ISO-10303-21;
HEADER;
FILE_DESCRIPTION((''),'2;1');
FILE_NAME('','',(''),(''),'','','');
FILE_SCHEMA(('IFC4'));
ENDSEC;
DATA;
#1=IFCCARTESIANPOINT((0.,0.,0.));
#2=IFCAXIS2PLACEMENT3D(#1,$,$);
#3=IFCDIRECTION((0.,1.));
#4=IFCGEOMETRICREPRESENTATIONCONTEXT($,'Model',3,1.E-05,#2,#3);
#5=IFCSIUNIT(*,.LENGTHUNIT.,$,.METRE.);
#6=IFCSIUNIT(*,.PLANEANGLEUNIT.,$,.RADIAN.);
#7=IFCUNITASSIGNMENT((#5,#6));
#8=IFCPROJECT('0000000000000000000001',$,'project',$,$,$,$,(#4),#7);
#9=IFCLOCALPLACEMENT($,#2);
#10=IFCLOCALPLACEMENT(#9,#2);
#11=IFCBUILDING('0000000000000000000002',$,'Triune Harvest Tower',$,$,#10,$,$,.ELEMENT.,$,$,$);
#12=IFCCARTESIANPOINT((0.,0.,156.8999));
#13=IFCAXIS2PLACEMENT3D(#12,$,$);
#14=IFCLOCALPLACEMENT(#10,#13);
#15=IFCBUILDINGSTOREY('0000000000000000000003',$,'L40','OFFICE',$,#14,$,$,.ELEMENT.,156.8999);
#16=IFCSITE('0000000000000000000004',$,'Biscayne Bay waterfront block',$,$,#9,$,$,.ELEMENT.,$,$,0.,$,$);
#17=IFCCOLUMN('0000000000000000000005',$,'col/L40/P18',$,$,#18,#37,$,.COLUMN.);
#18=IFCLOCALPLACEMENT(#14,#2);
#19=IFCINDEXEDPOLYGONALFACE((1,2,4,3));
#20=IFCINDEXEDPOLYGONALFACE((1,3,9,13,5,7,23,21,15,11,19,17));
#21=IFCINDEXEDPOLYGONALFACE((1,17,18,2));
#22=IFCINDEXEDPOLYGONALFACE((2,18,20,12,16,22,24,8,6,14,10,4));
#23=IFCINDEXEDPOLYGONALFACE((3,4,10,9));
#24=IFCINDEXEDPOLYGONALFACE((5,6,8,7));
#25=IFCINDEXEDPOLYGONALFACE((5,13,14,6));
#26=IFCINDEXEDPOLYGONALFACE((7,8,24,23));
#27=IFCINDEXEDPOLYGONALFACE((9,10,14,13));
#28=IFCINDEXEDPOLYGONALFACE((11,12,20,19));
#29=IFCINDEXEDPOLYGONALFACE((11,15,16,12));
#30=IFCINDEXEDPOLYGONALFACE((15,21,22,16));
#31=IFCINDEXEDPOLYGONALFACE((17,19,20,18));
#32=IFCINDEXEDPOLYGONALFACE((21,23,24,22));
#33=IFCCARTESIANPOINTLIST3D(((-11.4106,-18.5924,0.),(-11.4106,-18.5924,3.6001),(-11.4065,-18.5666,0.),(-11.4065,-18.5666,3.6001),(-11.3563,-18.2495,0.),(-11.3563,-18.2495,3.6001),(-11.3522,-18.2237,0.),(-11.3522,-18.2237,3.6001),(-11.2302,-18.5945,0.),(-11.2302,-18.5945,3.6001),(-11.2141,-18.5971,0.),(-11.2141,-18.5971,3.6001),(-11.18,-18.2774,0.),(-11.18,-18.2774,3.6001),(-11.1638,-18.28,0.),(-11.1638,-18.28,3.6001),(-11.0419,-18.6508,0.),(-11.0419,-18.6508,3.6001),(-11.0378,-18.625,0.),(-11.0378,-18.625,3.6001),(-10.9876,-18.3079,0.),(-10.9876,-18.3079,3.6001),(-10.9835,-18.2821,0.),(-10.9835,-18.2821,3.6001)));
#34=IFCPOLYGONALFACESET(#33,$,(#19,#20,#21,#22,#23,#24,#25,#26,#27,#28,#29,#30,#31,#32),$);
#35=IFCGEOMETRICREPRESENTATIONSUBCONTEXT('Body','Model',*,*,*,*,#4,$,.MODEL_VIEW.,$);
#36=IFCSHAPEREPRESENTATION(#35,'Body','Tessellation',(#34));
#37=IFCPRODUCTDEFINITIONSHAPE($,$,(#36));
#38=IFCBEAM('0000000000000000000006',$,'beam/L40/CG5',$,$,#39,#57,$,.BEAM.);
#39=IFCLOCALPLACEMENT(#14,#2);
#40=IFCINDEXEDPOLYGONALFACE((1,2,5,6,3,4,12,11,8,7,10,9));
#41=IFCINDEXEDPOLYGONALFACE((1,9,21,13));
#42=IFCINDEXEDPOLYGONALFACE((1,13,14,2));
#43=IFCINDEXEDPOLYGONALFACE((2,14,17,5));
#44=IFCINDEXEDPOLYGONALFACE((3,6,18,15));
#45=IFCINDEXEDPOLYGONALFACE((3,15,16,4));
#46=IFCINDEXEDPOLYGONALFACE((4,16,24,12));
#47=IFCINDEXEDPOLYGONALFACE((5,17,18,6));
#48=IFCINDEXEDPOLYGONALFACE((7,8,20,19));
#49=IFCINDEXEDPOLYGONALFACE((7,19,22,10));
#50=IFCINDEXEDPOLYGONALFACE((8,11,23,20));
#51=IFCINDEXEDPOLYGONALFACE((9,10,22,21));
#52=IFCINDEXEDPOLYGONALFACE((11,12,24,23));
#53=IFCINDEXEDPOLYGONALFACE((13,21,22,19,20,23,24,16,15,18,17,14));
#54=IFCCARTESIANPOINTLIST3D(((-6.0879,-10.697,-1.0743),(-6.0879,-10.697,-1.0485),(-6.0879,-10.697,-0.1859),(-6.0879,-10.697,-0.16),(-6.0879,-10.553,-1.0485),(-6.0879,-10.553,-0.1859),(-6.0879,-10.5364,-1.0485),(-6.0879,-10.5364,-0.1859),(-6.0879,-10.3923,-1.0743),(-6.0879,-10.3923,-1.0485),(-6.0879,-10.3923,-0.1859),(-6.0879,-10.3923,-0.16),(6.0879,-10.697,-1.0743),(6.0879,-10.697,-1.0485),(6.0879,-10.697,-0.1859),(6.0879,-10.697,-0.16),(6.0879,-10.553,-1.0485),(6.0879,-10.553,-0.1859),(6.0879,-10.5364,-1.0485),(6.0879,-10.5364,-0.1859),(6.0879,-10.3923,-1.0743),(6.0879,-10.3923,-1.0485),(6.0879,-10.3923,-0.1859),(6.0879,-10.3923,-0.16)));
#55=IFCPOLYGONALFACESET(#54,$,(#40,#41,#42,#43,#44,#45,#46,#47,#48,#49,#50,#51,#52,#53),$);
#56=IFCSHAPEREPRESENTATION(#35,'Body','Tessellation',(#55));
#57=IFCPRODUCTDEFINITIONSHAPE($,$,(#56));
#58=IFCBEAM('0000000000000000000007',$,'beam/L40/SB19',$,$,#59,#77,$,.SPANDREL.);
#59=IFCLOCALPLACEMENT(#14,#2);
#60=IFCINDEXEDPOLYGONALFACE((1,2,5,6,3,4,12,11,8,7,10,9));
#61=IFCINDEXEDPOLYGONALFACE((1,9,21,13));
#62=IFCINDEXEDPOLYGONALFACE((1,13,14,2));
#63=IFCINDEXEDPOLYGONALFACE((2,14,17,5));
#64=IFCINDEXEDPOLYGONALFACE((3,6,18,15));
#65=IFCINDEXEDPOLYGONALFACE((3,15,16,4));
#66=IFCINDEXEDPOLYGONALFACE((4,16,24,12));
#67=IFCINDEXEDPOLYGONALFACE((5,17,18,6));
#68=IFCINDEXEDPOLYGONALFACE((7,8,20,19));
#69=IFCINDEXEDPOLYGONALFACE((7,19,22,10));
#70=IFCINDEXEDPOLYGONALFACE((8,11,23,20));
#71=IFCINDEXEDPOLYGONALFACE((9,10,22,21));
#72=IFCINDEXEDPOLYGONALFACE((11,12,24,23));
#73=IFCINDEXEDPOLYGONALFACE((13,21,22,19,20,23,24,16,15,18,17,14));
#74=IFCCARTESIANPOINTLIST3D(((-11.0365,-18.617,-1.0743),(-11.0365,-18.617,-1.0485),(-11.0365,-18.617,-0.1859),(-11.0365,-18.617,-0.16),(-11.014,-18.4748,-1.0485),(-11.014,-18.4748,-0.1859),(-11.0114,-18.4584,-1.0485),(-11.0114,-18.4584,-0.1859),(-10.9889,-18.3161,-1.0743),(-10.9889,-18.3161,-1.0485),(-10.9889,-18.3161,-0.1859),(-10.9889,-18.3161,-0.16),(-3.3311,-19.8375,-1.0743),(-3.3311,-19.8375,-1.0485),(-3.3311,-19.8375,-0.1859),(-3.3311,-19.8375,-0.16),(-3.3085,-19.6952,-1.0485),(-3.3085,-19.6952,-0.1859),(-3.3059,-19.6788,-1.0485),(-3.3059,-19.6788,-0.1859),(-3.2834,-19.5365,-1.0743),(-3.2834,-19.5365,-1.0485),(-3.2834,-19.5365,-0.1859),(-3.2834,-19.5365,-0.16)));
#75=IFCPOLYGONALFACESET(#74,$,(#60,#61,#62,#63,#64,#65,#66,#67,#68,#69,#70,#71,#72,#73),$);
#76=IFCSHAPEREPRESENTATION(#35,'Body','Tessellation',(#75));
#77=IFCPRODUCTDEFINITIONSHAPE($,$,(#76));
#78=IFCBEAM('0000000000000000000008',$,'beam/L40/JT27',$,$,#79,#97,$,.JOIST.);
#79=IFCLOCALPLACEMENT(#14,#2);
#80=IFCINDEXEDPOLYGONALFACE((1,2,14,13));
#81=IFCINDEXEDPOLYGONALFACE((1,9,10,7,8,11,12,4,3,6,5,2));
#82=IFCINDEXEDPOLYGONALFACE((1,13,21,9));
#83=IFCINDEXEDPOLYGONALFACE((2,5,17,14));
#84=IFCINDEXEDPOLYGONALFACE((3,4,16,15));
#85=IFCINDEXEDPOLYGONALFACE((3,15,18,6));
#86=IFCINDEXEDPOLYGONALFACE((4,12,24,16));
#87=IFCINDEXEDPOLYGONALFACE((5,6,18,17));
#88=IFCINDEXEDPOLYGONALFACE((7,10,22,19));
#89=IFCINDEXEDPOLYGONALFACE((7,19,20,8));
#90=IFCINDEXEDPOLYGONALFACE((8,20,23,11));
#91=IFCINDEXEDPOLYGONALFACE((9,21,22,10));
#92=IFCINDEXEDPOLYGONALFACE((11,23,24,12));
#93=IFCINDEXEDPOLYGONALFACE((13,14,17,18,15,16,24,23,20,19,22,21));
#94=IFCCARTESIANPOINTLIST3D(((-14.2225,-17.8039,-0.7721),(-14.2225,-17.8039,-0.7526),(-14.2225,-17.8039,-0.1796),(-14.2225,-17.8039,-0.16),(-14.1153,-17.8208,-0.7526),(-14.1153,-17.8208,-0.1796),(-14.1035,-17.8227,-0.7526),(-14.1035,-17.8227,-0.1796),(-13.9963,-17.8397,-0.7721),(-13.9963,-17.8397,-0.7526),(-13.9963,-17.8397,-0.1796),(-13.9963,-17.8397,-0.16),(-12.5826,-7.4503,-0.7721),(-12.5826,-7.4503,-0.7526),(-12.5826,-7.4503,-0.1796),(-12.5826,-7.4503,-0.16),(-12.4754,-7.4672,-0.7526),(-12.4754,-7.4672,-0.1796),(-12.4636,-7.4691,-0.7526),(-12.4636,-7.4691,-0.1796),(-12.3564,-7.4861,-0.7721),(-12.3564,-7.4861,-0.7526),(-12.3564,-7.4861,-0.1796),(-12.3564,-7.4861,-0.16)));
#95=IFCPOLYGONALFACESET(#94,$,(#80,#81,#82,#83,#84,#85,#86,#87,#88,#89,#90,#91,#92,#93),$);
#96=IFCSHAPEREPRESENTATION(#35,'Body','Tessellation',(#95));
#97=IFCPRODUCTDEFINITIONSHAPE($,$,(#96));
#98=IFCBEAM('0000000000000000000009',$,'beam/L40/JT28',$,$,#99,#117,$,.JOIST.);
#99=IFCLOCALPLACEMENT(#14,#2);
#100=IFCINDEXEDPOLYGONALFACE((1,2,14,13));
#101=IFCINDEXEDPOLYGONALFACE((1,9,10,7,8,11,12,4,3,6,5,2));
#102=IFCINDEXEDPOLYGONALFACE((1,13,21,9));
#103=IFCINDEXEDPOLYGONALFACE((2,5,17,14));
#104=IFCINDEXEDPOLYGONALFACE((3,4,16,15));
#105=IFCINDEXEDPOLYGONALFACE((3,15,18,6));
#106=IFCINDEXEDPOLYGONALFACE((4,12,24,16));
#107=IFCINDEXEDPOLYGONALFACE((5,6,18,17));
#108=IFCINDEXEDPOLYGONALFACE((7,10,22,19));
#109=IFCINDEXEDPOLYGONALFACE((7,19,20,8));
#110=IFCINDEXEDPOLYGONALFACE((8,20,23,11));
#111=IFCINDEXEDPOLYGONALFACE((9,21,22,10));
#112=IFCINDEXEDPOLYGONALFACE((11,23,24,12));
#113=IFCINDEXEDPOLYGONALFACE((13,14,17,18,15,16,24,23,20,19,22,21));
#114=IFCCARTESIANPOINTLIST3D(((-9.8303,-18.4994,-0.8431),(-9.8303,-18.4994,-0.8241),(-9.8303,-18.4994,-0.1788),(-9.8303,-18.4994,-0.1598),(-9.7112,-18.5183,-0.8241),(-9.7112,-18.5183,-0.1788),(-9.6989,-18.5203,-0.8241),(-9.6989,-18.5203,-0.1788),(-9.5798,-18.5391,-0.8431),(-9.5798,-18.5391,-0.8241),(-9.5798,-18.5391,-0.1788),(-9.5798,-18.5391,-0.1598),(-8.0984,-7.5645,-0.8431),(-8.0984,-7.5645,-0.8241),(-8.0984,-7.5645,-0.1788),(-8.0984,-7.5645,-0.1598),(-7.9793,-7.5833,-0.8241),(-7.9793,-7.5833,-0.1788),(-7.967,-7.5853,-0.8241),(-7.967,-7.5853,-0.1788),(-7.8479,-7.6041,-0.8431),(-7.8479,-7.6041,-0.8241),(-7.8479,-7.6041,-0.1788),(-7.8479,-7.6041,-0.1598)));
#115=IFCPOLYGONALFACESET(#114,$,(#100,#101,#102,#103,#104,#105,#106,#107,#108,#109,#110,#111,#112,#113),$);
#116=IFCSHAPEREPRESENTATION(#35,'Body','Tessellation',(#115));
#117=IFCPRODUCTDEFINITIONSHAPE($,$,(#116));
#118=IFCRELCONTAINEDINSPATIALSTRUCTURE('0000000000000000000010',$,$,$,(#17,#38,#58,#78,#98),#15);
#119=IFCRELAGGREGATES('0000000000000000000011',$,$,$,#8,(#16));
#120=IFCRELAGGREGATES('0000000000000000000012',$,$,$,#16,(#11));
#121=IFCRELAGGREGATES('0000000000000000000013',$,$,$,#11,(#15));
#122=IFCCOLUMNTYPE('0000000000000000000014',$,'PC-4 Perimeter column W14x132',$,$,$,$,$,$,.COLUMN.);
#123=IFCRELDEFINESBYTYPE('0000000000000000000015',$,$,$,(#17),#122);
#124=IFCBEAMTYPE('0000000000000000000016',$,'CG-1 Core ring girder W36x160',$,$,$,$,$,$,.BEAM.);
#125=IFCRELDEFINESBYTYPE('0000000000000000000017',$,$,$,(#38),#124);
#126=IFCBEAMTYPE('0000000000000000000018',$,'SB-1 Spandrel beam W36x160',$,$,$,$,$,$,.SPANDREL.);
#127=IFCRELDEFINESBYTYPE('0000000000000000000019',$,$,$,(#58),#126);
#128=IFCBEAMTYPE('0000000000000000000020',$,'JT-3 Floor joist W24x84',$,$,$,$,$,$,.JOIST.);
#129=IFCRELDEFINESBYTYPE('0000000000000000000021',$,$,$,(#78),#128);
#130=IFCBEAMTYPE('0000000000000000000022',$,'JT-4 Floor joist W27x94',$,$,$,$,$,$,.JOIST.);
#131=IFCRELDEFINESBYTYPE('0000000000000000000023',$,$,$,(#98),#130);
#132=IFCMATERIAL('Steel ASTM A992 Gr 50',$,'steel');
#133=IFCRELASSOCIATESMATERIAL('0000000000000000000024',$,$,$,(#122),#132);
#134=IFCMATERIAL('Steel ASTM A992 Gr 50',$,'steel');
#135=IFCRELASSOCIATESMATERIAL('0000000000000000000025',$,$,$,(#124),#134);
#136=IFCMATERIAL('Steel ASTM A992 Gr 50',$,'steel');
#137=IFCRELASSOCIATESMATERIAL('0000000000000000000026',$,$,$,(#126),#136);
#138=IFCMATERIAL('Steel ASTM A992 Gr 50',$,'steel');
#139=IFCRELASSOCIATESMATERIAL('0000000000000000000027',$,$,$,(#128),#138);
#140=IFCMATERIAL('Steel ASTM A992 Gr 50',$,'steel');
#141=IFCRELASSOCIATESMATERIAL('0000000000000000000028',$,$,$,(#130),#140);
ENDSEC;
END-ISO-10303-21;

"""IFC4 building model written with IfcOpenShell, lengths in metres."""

from ifc_helpers import new_model, si_unit, direction, frame, origin, origin_2d, place, context, subcontext, project, spatial, i_section, extrude, source, transform, mapped, material, material_profile, profile_set, type_object, element, save


model = new_model("IFC4")

# Units and contexts
model_context = context("Model", 3, precision=1e-05, world=origin(), true_north=direction((0.0, 1.0)))
body_context = subcontext(model_context, "Body", "Model", "MODEL_VIEW")
ifc_project = project(units=[si_unit("LENGTHUNIT", "METRE"), si_unit("PLANEANGLEUNIT", "RADIAN")], contexts=[model_context])

# Site, building, storey
site_placement = place(None, origin())
site = spatial("IfcSite", under=ifc_project, at=site_placement, Name="Biscayne Bay waterfront block", CompositionType="ELEMENT", RefElevation=0.0)
building_placement = place(site_placement, origin())
building = spatial("IfcBuilding", under=site, at=building_placement, Name="Triune Harvest Tower", CompositionType="ELEMENT")
storey_placement = place(building_placement, frame((0.0, 0.0, 156.8999)))
storey = spatial("IfcBuildingStorey", under=building, at=storey_placement, Name="L40", Description="OFFICE", CompositionType="ELEMENT", Elevation=156.8999)

# Column
ifc_material_1 = material(Name="Steel ASTM A992 Gr 50", Category="steel")
ifc_material_profile_1 = material_profile(ifc_material_1, i_section(OverallWidth=0.3733, OverallDepth=0.3733, WebThickness=0.0164, FlangeThickness=0.0261, at=origin_2d()), Name="W14x132")
ifc_profile_set_1 = profile_set([ifc_material_profile_1], Name="Steel ASTM A992 Gr 50")
column_type = type_object("IfcColumnType", Name="PC-4 Perimeter column W14x132", PredefinedType="COLUMN", material=ifc_profile_set_1)
shared_shape_1 = source(origin(), body_context, "Body", "SweptSolid", [
    extrude(i_section(OverallWidth=0.3733, OverallDepth=0.3733, WebThickness=0.0164, FlangeThickness=0.0261, at=origin_2d()), origin(), (0.0, 0.0, 1.0), 3.6001),
])
column_placement = place(storey_placement, frame((-11.197, -18.4373, 0.0), z_axis=(0.0, 0.0, 1.0), x_axis=(0.987688, -0.156434, 0.0)))
element("IfcColumn", 1, at=column_placement, inside=storey, type_object=column_type, Name="col/L40/P18", PredefinedType="COLUMN", context=body_context, shape_type="MappedRepresentation", body=[
    mapped(shared_shape_1, transform((0.0, 0.0, 0.0), scale=1.0)),
])

# Beams
ifc_material_2 = material(Name="Steel ASTM A992 Gr 50", Category="steel")
ifc_material_profile_2 = material_profile(ifc_material_2, i_section(OverallWidth=0.3047, OverallDepth=0.9143, WebThickness=0.0166, FlangeThickness=0.0259, at=origin_2d()), Name="W36x160")
ifc_profile_set_2 = profile_set([ifc_material_profile_2], Name="Steel ASTM A992 Gr 50")
beam_type_1 = type_object("IfcBeamType", Name="CG-1 Core ring girder W36x160", PredefinedType="BEAM", material=ifc_profile_set_2)
shared_shape_2 = source(origin(), body_context, "Body", "SweptSolid", [
    extrude(i_section(OverallWidth=0.3047, OverallDepth=0.9143, WebThickness=0.0166, FlangeThickness=0.0259, at=origin_2d()), origin(), (0.0, 0.0, 1.0), 12.1758),
])
beam_1_placement = place(storey_placement, frame((-6.0879, -10.5447, -0.6172), z_axis=(1.0, 0.0, 0.0), x_axis=(0.0, 1.0, 0.0)))
element("IfcBeam", 2, at=beam_1_placement, inside=storey, type_object=beam_type_1, Name="beam/L40/CG5", PredefinedType="BEAM", context=body_context, shape_type="MappedRepresentation", body=[
    mapped(shared_shape_2, transform((0.0, 0.0, 0.0), scale=1.0)),
])
ifc_material_3 = material(Name="Steel ASTM A992 Gr 50", Category="steel")
ifc_material_profile_3 = material_profile(ifc_material_3, i_section(OverallWidth=0.3047, OverallDepth=0.9143, WebThickness=0.0166, FlangeThickness=0.0259, at=origin_2d()), Name="W36x160")
ifc_profile_set_3 = profile_set([ifc_material_profile_3], Name="Steel ASTM A992 Gr 50")
beam_type_2 = type_object("IfcBeamType", Name="SB-1 Spandrel beam W36x160", PredefinedType="SPANDREL", material=ifc_profile_set_3)
shared_shape_3 = source(origin(), body_context, "Body", "SweptSolid", [
    extrude(i_section(OverallWidth=0.3047, OverallDepth=0.9143, WebThickness=0.0166, FlangeThickness=0.0259, at=origin_2d()), origin(), (0.0, 0.0, 1.0), 7.8015),
])
beam_2_placement = place(storey_placement, frame((-11.0127, -18.4666, -0.6172), z_axis=(0.987688, -0.156437, 0.0), x_axis=(0.156437, 0.987688, 0.0)))
element("IfcBeam", 3, at=beam_2_placement, inside=storey, type_object=beam_type_2, Name="beam/L40/SB19", PredefinedType="SPANDREL", context=body_context, shape_type="MappedRepresentation", body=[
    mapped(shared_shape_3, transform((0.0, 0.0, 0.0), scale=1.0)),
])
ifc_material_4 = material(Name="Steel ASTM A992 Gr 50", Category="steel")
ifc_material_profile_4 = material_profile(ifc_material_4, i_section(OverallWidth=0.229, OverallDepth=0.6121, WebThickness=0.012, FlangeThickness=0.0195, at=origin_2d()), Name="W24x84")
ifc_profile_set_4 = profile_set([ifc_material_profile_4], Name="Steel ASTM A992 Gr 50")
beam_type_3 = type_object("IfcBeamType", Name="JT-3 Floor joist W24x84", PredefinedType="JOIST", material=ifc_profile_set_4)
shared_shape_4 = source(origin(), body_context, "Body", "SweptSolid", [
    extrude(i_section(OverallWidth=0.229, OverallDepth=0.6121, WebThickness=0.012, FlangeThickness=0.0195, at=origin_2d()), origin(), (0.0, 0.0, 1.0), 10.4827),
])
beam_3_placement = place(storey_placement, frame((-14.1094, -17.8218, -0.4661), z_axis=(0.15644, 0.987688, 0.0), x_axis=(-0.987688, 0.15644, 0.0)))
element("IfcBeam", 4, at=beam_3_placement, inside=storey, type_object=beam_type_3, Name="beam/L40/JT27", PredefinedType="JOIST", context=body_context, shape_type="MappedRepresentation", body=[
    mapped(shared_shape_4, transform((0.0, 0.0, 0.0), scale=1.0)),
])
ifc_material_5 = material(Name="Steel ASTM A992 Gr 50", Category="steel")
ifc_material_profile_5 = material_profile(ifc_material_5, i_section(OverallWidth=0.2537, OverallDepth=0.6833, WebThickness=0.0125, FlangeThickness=0.019, at=origin_2d()), Name="W27x94")
ifc_profile_set_5 = profile_set([ifc_material_profile_5], Name="Steel ASTM A992 Gr 50")
beam_type_4 = type_object("IfcBeamType", Name="JT-4 Floor joist W27x94", PredefinedType="JOIST", material=ifc_profile_set_5)
shared_shape_5 = source(origin(), body_context, "Body", "SweptSolid", [
    extrude(i_section(OverallWidth=0.2537, OverallDepth=0.6833, WebThickness=0.0125, FlangeThickness=0.019, at=origin_2d()), origin(), (0.0, 0.0, 1.0), 11.0713),
])
beam_4_placement = place(storey_placement, frame((-9.7051, -18.5193, -0.5015), z_axis=(0.156434, 0.987688, 0.0), x_axis=(-0.987688, 0.156434, 0.0)))
element("IfcBeam", 5, at=beam_4_placement, inside=storey, type_object=beam_type_4, Name="beam/L40/JT28", PredefinedType="JOIST", context=body_context, shape_type="MappedRepresentation", body=[
    mapped(shared_shape_5, transform((0.0, 0.0, 0.0), scale=1.0)),
])

save(model, "model.ifc")
